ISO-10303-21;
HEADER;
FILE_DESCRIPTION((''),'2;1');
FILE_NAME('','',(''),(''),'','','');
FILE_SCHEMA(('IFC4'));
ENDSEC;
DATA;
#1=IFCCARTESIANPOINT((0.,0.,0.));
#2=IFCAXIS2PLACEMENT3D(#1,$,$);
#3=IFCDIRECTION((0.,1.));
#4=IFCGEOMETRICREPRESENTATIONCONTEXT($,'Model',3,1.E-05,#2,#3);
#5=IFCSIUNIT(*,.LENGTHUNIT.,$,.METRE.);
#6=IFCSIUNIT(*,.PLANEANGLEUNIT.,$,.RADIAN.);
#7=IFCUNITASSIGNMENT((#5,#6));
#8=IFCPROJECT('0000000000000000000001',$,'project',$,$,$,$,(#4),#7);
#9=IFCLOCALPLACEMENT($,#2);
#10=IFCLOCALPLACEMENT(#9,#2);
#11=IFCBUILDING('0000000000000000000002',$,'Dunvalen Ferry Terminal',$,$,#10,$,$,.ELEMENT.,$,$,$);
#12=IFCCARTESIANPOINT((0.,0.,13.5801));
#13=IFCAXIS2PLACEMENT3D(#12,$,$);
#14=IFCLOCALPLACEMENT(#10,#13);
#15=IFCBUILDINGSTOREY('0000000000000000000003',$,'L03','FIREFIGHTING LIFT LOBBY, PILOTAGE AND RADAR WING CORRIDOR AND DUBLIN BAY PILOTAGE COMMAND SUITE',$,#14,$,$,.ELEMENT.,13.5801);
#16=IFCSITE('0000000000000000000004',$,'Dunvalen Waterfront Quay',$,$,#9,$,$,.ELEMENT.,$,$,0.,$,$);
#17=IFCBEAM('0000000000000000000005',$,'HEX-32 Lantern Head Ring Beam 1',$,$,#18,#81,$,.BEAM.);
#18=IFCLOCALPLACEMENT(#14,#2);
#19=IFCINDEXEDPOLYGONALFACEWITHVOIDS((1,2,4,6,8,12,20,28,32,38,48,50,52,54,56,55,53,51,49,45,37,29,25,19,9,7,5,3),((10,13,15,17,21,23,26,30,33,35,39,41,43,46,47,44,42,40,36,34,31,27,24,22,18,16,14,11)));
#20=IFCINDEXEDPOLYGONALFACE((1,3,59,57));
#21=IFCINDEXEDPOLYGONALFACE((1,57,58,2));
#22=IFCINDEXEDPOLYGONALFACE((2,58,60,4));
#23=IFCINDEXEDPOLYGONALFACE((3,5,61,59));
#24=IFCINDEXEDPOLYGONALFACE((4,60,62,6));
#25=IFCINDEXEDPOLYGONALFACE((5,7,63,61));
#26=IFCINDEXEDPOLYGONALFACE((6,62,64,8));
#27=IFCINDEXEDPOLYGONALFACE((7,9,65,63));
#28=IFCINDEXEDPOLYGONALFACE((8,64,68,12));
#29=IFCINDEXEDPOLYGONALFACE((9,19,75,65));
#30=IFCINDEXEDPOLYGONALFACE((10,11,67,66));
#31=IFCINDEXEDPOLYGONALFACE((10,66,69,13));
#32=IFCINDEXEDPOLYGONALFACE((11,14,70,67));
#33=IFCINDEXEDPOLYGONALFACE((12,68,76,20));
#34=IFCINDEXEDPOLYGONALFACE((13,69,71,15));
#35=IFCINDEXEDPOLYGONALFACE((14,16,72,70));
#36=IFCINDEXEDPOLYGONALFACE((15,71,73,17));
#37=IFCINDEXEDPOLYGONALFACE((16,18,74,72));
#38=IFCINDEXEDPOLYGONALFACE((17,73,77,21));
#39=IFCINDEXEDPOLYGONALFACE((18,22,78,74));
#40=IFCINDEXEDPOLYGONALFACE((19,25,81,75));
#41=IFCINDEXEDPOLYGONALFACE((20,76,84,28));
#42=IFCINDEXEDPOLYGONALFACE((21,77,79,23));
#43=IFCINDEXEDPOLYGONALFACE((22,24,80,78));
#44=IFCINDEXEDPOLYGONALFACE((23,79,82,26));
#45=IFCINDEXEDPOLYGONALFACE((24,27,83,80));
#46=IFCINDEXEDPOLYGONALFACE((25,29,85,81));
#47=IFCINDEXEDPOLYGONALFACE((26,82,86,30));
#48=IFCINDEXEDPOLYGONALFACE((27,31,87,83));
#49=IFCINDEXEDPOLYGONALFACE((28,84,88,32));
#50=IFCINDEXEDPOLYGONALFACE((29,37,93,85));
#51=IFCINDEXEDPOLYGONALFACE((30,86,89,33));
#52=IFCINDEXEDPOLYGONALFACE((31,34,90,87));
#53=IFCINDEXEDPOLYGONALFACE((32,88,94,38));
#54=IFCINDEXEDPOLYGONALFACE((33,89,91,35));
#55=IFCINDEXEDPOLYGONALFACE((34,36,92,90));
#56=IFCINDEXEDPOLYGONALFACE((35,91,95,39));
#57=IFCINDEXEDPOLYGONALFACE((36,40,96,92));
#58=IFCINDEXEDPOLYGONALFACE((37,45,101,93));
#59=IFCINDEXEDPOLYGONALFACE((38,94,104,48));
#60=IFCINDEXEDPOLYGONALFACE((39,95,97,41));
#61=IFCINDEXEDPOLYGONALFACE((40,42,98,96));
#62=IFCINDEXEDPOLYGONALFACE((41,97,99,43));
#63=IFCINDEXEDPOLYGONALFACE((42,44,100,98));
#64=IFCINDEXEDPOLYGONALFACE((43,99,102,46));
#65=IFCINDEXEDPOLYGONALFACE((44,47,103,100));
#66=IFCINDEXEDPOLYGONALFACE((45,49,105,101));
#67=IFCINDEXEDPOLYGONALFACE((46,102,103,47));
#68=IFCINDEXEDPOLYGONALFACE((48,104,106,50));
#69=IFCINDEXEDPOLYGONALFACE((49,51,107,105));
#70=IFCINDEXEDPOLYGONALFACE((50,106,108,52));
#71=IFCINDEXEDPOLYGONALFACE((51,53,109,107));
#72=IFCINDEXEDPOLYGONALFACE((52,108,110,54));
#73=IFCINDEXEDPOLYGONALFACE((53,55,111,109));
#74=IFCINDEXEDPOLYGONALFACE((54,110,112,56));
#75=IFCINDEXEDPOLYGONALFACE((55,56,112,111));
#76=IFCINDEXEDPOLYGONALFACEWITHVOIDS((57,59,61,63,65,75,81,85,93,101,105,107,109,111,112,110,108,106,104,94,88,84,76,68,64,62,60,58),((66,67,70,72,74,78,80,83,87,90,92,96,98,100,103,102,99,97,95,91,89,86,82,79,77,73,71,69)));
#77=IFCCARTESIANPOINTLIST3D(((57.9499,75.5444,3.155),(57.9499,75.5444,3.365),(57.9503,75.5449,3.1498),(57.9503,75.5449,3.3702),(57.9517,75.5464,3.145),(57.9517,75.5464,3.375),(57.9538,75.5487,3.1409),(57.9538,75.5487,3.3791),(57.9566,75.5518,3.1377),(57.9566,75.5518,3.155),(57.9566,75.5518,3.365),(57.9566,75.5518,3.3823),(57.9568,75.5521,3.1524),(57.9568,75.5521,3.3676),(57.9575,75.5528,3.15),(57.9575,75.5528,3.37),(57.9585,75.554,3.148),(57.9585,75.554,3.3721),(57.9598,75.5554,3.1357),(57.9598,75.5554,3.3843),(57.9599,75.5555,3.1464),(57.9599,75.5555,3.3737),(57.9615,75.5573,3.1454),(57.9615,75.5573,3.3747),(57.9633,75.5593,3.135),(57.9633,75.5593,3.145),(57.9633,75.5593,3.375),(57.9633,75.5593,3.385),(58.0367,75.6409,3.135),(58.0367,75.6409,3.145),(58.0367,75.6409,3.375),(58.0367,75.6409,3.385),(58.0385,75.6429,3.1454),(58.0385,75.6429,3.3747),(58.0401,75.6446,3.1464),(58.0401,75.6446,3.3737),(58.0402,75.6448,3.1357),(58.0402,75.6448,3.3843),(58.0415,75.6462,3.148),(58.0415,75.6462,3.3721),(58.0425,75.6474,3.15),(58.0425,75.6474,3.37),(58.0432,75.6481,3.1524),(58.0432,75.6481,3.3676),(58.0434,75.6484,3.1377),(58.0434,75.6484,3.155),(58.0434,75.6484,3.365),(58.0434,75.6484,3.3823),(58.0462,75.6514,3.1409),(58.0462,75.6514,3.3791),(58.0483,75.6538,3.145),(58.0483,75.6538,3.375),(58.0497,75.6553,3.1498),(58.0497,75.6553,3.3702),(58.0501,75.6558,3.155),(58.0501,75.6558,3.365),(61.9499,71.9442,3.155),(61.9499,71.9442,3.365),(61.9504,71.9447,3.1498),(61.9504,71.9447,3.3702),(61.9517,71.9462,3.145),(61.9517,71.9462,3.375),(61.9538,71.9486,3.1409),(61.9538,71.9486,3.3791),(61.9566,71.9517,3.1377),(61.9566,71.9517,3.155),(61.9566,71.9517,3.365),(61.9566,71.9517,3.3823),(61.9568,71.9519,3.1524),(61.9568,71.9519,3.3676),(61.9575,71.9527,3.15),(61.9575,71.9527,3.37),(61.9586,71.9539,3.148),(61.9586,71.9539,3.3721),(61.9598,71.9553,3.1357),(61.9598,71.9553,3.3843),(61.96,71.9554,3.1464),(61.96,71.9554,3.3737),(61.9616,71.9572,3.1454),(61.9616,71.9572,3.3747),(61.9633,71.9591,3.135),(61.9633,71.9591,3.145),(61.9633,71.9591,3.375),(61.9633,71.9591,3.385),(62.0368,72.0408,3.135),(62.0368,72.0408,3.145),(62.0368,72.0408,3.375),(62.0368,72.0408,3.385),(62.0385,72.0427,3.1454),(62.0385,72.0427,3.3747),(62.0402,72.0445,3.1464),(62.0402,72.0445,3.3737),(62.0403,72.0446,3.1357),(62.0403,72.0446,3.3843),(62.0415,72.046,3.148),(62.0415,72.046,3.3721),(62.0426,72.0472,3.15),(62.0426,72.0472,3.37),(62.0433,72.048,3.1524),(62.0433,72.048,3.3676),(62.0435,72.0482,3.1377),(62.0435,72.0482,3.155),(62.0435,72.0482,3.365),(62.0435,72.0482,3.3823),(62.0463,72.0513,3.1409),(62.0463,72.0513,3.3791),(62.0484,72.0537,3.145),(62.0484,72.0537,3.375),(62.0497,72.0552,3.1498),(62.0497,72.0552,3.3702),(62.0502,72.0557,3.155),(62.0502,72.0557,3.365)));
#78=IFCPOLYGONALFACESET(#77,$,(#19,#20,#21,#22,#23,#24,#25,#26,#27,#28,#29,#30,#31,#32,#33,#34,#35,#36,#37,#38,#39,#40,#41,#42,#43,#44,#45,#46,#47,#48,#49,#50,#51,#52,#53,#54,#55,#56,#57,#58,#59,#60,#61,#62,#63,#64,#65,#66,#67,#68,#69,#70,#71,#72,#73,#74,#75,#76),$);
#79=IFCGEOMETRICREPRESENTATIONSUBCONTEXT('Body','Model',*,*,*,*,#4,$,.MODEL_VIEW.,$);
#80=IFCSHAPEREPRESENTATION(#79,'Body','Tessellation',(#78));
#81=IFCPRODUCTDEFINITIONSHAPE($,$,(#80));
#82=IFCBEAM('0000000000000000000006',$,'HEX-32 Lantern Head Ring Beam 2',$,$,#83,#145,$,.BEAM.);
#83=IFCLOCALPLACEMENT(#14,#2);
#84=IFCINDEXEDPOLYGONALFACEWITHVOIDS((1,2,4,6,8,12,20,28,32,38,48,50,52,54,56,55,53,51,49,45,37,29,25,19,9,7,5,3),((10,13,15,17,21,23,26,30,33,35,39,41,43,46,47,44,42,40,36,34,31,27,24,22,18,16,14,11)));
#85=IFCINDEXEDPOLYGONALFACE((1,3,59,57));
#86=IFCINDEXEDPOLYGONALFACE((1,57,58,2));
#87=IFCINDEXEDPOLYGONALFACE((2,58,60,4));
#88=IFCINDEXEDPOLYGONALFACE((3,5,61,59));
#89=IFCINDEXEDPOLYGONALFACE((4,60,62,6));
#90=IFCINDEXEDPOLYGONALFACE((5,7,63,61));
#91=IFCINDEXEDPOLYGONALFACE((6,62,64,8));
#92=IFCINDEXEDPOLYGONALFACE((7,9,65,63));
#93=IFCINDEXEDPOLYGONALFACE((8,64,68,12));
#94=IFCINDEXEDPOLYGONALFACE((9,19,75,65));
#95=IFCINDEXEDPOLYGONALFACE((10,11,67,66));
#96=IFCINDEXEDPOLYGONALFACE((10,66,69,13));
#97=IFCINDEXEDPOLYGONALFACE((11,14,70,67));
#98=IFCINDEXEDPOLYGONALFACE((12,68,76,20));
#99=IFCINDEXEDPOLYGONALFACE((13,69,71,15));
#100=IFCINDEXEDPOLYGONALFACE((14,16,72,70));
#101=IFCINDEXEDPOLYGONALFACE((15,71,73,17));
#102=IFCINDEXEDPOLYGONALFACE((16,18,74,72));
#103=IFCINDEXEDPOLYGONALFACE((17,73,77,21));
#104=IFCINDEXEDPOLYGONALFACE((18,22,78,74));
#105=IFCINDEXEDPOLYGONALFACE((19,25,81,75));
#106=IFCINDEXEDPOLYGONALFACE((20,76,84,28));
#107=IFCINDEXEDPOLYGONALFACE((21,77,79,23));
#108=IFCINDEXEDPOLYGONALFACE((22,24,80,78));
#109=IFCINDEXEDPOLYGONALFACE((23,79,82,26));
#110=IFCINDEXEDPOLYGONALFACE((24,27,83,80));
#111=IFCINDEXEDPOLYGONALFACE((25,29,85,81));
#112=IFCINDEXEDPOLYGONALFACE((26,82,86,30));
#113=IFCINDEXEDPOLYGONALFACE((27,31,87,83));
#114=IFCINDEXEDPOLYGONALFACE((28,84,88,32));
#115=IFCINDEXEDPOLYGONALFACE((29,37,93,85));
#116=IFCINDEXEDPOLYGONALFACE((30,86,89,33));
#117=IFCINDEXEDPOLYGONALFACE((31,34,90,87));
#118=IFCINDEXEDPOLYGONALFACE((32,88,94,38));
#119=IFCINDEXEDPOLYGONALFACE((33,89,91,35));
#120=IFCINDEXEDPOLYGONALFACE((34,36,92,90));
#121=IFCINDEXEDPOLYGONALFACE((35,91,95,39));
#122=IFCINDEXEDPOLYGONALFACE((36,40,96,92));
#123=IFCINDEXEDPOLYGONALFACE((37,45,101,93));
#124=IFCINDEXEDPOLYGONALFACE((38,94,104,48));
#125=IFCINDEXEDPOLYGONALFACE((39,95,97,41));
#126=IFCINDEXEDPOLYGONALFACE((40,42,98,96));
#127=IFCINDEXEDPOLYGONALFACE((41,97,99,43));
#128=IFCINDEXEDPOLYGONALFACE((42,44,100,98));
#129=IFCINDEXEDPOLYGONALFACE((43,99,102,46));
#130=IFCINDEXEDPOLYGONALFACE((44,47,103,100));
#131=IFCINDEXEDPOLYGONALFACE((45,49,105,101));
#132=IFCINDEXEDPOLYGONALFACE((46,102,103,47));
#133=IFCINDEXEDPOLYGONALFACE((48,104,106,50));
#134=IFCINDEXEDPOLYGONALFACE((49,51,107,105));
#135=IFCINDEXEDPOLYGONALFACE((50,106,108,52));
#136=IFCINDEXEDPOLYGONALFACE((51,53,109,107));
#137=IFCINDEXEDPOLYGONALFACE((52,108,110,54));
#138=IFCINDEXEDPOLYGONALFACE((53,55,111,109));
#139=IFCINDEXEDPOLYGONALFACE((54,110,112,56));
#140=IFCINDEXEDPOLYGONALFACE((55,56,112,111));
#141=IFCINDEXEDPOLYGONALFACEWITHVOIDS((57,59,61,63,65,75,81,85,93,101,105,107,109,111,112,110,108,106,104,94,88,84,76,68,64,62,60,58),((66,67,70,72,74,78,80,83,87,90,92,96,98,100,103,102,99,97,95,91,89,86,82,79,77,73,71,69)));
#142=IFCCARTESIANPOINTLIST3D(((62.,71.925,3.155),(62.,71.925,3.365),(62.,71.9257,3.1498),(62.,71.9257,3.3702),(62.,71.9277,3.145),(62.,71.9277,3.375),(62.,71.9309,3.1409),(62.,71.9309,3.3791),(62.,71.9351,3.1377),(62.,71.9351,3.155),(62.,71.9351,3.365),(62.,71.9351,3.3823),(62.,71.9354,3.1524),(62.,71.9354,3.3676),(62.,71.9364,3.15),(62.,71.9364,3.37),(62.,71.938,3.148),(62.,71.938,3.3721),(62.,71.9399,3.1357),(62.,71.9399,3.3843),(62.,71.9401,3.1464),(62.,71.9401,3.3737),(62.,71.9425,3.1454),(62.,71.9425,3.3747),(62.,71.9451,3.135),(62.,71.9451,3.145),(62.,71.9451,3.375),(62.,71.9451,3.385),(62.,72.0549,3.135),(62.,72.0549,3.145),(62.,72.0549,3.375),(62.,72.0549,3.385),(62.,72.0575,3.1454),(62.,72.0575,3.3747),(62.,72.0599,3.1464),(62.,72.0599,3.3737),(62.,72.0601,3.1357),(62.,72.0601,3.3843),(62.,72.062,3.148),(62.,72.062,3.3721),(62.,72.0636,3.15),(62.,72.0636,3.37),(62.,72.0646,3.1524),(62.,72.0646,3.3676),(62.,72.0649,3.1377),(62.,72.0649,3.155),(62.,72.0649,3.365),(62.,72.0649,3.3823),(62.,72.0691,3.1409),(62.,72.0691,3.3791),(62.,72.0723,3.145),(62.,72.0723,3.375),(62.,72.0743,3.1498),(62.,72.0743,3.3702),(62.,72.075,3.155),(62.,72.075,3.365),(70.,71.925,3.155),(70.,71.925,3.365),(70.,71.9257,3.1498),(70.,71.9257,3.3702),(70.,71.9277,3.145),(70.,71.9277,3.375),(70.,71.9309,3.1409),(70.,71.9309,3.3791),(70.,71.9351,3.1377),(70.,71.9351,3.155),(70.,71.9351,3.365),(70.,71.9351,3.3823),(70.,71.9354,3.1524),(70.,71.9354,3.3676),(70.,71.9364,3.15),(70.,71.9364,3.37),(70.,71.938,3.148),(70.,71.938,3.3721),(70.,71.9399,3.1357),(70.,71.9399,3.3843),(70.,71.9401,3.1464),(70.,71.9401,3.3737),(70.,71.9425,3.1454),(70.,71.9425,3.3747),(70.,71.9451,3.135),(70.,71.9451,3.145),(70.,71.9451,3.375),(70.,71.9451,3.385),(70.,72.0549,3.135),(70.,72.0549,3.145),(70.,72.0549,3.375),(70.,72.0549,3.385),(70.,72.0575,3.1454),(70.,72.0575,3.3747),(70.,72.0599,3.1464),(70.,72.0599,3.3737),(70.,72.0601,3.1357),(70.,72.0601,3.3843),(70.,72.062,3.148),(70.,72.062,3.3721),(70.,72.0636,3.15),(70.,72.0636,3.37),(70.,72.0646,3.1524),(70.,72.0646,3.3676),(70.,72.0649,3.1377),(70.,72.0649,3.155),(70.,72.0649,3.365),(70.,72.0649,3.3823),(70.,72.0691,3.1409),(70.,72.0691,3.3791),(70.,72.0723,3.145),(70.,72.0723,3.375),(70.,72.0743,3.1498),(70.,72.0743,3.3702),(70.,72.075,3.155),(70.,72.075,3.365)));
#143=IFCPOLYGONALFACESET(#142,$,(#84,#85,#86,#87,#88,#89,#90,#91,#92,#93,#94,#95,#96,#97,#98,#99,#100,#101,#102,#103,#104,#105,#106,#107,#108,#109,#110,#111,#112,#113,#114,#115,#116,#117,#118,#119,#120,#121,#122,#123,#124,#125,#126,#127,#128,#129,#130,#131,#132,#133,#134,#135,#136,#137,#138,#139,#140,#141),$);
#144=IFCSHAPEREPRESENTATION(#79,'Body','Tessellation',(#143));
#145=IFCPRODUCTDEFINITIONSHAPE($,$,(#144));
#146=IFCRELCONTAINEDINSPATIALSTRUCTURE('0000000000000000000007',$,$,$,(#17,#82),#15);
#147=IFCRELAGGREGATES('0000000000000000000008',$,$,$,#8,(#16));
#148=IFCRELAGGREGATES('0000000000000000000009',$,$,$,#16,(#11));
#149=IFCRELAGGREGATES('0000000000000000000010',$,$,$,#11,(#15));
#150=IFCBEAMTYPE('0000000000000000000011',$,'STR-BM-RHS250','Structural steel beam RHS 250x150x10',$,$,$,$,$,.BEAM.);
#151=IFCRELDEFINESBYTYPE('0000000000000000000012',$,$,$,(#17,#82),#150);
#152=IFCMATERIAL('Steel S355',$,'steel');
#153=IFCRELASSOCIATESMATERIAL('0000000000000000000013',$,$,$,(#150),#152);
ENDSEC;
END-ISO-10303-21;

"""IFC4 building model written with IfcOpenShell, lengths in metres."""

from ifc_helpers import new_model, si_unit, direction, frame, origin, origin_2d, place, context, subcontext, project, spatial, hollow_rectangle, extrude, material, material_profile, profile_set, type_object, element, save


model = new_model("IFC4")

# Units and contexts
model_context = context("Model", 3, precision=1e-05, world=origin(), true_north=direction((0.0, 1.0)))
body_context = subcontext(model_context, "Body", "Model", "MODEL_VIEW")
ifc_project = project(units=[si_unit("LENGTHUNIT", "METRE"), si_unit("PLANEANGLEUNIT", "RADIAN")], contexts=[model_context])

# Site, building, storey
site_placement = place(None, origin())
site = spatial("IfcSite", under=ifc_project, at=site_placement, Name="Dunvalen Waterfront Quay", CompositionType="ELEMENT", RefElevation=0.0)
building_placement = place(site_placement, origin())
building = spatial("IfcBuilding", under=site, at=building_placement, Name="Dunvalen Ferry Terminal", CompositionType="ELEMENT")
storey_placement = place(building_placement, frame((0.0, 0.0, 13.5801)))
storey = spatial("IfcBuildingStorey", under=building, at=storey_placement, Name="L03", Description="FIREFIGHTING LIFT LOBBY, PILOTAGE AND RADAR WING CORRIDOR AND DUBLIN BAY PILOTAGE COMMAND SUITE", CompositionType="ELEMENT", Elevation=13.5801)

# Beams
ifc_material_1 = material(Name="Steel S355", Category="steel")
ifc_material_profile_1 = material_profile(ifc_material_1, hollow_rectangle(XDim=0.1499, YDim=0.25, WallThickness=0.01, InnerFilletRadius=0.01, OuterFilletRadius=0.02, at=origin_2d()), Name="Steel S355")
ifc_profile_set_1 = profile_set([ifc_material_profile_1], Name="Steel S355")
beam_type = type_object("IfcBeamType", Name="STR-BM-RHS250", Description="Structural steel beam RHS 250x150x10", PredefinedType="BEAM", material=ifc_profile_set_1)
beam_1_placement = place(storey_placement, frame((58.0, 75.6001, 3.26), z_axis=(0.743285, -0.668975, 0.0), x_axis=(0.668975, 0.743285, 0.0)))
element("IfcBeam", 1, at=beam_1_placement, inside=storey, type_object=beam_type, Name="HEX-32 Lantern Head Ring Beam 1", PredefinedType="BEAM", context=body_context, shape_type="SweptSolid", body=[
    extrude(hollow_rectangle(XDim=0.1499, YDim=0.25, WallThickness=0.01, InnerFilletRadius=0.01, OuterFilletRadius=0.02, at=origin_2d()), origin(), (0.0, 0.0, 1.0), 5.3816),
])
beam_2_placement = place(storey_placement, frame((62.0, 72.0, 3.26), z_axis=(1.0, 0.0, 0.0), x_axis=(0.0, 1.0, 0.0)))
element("IfcBeam", 2, at=beam_2_placement, inside=storey, type_object=beam_type, Name="HEX-32 Lantern Head Ring Beam 2", PredefinedType="BEAM", context=body_context, shape_type="SweptSolid", body=[
    extrude(hollow_rectangle(XDim=0.1499, YDim=0.25, WallThickness=0.01, InnerFilletRadius=0.01, OuterFilletRadius=0.02, at=origin_2d()), origin(), (0.0, 0.0, 1.0), 8.0),
])

save(model, "model.ifc")
